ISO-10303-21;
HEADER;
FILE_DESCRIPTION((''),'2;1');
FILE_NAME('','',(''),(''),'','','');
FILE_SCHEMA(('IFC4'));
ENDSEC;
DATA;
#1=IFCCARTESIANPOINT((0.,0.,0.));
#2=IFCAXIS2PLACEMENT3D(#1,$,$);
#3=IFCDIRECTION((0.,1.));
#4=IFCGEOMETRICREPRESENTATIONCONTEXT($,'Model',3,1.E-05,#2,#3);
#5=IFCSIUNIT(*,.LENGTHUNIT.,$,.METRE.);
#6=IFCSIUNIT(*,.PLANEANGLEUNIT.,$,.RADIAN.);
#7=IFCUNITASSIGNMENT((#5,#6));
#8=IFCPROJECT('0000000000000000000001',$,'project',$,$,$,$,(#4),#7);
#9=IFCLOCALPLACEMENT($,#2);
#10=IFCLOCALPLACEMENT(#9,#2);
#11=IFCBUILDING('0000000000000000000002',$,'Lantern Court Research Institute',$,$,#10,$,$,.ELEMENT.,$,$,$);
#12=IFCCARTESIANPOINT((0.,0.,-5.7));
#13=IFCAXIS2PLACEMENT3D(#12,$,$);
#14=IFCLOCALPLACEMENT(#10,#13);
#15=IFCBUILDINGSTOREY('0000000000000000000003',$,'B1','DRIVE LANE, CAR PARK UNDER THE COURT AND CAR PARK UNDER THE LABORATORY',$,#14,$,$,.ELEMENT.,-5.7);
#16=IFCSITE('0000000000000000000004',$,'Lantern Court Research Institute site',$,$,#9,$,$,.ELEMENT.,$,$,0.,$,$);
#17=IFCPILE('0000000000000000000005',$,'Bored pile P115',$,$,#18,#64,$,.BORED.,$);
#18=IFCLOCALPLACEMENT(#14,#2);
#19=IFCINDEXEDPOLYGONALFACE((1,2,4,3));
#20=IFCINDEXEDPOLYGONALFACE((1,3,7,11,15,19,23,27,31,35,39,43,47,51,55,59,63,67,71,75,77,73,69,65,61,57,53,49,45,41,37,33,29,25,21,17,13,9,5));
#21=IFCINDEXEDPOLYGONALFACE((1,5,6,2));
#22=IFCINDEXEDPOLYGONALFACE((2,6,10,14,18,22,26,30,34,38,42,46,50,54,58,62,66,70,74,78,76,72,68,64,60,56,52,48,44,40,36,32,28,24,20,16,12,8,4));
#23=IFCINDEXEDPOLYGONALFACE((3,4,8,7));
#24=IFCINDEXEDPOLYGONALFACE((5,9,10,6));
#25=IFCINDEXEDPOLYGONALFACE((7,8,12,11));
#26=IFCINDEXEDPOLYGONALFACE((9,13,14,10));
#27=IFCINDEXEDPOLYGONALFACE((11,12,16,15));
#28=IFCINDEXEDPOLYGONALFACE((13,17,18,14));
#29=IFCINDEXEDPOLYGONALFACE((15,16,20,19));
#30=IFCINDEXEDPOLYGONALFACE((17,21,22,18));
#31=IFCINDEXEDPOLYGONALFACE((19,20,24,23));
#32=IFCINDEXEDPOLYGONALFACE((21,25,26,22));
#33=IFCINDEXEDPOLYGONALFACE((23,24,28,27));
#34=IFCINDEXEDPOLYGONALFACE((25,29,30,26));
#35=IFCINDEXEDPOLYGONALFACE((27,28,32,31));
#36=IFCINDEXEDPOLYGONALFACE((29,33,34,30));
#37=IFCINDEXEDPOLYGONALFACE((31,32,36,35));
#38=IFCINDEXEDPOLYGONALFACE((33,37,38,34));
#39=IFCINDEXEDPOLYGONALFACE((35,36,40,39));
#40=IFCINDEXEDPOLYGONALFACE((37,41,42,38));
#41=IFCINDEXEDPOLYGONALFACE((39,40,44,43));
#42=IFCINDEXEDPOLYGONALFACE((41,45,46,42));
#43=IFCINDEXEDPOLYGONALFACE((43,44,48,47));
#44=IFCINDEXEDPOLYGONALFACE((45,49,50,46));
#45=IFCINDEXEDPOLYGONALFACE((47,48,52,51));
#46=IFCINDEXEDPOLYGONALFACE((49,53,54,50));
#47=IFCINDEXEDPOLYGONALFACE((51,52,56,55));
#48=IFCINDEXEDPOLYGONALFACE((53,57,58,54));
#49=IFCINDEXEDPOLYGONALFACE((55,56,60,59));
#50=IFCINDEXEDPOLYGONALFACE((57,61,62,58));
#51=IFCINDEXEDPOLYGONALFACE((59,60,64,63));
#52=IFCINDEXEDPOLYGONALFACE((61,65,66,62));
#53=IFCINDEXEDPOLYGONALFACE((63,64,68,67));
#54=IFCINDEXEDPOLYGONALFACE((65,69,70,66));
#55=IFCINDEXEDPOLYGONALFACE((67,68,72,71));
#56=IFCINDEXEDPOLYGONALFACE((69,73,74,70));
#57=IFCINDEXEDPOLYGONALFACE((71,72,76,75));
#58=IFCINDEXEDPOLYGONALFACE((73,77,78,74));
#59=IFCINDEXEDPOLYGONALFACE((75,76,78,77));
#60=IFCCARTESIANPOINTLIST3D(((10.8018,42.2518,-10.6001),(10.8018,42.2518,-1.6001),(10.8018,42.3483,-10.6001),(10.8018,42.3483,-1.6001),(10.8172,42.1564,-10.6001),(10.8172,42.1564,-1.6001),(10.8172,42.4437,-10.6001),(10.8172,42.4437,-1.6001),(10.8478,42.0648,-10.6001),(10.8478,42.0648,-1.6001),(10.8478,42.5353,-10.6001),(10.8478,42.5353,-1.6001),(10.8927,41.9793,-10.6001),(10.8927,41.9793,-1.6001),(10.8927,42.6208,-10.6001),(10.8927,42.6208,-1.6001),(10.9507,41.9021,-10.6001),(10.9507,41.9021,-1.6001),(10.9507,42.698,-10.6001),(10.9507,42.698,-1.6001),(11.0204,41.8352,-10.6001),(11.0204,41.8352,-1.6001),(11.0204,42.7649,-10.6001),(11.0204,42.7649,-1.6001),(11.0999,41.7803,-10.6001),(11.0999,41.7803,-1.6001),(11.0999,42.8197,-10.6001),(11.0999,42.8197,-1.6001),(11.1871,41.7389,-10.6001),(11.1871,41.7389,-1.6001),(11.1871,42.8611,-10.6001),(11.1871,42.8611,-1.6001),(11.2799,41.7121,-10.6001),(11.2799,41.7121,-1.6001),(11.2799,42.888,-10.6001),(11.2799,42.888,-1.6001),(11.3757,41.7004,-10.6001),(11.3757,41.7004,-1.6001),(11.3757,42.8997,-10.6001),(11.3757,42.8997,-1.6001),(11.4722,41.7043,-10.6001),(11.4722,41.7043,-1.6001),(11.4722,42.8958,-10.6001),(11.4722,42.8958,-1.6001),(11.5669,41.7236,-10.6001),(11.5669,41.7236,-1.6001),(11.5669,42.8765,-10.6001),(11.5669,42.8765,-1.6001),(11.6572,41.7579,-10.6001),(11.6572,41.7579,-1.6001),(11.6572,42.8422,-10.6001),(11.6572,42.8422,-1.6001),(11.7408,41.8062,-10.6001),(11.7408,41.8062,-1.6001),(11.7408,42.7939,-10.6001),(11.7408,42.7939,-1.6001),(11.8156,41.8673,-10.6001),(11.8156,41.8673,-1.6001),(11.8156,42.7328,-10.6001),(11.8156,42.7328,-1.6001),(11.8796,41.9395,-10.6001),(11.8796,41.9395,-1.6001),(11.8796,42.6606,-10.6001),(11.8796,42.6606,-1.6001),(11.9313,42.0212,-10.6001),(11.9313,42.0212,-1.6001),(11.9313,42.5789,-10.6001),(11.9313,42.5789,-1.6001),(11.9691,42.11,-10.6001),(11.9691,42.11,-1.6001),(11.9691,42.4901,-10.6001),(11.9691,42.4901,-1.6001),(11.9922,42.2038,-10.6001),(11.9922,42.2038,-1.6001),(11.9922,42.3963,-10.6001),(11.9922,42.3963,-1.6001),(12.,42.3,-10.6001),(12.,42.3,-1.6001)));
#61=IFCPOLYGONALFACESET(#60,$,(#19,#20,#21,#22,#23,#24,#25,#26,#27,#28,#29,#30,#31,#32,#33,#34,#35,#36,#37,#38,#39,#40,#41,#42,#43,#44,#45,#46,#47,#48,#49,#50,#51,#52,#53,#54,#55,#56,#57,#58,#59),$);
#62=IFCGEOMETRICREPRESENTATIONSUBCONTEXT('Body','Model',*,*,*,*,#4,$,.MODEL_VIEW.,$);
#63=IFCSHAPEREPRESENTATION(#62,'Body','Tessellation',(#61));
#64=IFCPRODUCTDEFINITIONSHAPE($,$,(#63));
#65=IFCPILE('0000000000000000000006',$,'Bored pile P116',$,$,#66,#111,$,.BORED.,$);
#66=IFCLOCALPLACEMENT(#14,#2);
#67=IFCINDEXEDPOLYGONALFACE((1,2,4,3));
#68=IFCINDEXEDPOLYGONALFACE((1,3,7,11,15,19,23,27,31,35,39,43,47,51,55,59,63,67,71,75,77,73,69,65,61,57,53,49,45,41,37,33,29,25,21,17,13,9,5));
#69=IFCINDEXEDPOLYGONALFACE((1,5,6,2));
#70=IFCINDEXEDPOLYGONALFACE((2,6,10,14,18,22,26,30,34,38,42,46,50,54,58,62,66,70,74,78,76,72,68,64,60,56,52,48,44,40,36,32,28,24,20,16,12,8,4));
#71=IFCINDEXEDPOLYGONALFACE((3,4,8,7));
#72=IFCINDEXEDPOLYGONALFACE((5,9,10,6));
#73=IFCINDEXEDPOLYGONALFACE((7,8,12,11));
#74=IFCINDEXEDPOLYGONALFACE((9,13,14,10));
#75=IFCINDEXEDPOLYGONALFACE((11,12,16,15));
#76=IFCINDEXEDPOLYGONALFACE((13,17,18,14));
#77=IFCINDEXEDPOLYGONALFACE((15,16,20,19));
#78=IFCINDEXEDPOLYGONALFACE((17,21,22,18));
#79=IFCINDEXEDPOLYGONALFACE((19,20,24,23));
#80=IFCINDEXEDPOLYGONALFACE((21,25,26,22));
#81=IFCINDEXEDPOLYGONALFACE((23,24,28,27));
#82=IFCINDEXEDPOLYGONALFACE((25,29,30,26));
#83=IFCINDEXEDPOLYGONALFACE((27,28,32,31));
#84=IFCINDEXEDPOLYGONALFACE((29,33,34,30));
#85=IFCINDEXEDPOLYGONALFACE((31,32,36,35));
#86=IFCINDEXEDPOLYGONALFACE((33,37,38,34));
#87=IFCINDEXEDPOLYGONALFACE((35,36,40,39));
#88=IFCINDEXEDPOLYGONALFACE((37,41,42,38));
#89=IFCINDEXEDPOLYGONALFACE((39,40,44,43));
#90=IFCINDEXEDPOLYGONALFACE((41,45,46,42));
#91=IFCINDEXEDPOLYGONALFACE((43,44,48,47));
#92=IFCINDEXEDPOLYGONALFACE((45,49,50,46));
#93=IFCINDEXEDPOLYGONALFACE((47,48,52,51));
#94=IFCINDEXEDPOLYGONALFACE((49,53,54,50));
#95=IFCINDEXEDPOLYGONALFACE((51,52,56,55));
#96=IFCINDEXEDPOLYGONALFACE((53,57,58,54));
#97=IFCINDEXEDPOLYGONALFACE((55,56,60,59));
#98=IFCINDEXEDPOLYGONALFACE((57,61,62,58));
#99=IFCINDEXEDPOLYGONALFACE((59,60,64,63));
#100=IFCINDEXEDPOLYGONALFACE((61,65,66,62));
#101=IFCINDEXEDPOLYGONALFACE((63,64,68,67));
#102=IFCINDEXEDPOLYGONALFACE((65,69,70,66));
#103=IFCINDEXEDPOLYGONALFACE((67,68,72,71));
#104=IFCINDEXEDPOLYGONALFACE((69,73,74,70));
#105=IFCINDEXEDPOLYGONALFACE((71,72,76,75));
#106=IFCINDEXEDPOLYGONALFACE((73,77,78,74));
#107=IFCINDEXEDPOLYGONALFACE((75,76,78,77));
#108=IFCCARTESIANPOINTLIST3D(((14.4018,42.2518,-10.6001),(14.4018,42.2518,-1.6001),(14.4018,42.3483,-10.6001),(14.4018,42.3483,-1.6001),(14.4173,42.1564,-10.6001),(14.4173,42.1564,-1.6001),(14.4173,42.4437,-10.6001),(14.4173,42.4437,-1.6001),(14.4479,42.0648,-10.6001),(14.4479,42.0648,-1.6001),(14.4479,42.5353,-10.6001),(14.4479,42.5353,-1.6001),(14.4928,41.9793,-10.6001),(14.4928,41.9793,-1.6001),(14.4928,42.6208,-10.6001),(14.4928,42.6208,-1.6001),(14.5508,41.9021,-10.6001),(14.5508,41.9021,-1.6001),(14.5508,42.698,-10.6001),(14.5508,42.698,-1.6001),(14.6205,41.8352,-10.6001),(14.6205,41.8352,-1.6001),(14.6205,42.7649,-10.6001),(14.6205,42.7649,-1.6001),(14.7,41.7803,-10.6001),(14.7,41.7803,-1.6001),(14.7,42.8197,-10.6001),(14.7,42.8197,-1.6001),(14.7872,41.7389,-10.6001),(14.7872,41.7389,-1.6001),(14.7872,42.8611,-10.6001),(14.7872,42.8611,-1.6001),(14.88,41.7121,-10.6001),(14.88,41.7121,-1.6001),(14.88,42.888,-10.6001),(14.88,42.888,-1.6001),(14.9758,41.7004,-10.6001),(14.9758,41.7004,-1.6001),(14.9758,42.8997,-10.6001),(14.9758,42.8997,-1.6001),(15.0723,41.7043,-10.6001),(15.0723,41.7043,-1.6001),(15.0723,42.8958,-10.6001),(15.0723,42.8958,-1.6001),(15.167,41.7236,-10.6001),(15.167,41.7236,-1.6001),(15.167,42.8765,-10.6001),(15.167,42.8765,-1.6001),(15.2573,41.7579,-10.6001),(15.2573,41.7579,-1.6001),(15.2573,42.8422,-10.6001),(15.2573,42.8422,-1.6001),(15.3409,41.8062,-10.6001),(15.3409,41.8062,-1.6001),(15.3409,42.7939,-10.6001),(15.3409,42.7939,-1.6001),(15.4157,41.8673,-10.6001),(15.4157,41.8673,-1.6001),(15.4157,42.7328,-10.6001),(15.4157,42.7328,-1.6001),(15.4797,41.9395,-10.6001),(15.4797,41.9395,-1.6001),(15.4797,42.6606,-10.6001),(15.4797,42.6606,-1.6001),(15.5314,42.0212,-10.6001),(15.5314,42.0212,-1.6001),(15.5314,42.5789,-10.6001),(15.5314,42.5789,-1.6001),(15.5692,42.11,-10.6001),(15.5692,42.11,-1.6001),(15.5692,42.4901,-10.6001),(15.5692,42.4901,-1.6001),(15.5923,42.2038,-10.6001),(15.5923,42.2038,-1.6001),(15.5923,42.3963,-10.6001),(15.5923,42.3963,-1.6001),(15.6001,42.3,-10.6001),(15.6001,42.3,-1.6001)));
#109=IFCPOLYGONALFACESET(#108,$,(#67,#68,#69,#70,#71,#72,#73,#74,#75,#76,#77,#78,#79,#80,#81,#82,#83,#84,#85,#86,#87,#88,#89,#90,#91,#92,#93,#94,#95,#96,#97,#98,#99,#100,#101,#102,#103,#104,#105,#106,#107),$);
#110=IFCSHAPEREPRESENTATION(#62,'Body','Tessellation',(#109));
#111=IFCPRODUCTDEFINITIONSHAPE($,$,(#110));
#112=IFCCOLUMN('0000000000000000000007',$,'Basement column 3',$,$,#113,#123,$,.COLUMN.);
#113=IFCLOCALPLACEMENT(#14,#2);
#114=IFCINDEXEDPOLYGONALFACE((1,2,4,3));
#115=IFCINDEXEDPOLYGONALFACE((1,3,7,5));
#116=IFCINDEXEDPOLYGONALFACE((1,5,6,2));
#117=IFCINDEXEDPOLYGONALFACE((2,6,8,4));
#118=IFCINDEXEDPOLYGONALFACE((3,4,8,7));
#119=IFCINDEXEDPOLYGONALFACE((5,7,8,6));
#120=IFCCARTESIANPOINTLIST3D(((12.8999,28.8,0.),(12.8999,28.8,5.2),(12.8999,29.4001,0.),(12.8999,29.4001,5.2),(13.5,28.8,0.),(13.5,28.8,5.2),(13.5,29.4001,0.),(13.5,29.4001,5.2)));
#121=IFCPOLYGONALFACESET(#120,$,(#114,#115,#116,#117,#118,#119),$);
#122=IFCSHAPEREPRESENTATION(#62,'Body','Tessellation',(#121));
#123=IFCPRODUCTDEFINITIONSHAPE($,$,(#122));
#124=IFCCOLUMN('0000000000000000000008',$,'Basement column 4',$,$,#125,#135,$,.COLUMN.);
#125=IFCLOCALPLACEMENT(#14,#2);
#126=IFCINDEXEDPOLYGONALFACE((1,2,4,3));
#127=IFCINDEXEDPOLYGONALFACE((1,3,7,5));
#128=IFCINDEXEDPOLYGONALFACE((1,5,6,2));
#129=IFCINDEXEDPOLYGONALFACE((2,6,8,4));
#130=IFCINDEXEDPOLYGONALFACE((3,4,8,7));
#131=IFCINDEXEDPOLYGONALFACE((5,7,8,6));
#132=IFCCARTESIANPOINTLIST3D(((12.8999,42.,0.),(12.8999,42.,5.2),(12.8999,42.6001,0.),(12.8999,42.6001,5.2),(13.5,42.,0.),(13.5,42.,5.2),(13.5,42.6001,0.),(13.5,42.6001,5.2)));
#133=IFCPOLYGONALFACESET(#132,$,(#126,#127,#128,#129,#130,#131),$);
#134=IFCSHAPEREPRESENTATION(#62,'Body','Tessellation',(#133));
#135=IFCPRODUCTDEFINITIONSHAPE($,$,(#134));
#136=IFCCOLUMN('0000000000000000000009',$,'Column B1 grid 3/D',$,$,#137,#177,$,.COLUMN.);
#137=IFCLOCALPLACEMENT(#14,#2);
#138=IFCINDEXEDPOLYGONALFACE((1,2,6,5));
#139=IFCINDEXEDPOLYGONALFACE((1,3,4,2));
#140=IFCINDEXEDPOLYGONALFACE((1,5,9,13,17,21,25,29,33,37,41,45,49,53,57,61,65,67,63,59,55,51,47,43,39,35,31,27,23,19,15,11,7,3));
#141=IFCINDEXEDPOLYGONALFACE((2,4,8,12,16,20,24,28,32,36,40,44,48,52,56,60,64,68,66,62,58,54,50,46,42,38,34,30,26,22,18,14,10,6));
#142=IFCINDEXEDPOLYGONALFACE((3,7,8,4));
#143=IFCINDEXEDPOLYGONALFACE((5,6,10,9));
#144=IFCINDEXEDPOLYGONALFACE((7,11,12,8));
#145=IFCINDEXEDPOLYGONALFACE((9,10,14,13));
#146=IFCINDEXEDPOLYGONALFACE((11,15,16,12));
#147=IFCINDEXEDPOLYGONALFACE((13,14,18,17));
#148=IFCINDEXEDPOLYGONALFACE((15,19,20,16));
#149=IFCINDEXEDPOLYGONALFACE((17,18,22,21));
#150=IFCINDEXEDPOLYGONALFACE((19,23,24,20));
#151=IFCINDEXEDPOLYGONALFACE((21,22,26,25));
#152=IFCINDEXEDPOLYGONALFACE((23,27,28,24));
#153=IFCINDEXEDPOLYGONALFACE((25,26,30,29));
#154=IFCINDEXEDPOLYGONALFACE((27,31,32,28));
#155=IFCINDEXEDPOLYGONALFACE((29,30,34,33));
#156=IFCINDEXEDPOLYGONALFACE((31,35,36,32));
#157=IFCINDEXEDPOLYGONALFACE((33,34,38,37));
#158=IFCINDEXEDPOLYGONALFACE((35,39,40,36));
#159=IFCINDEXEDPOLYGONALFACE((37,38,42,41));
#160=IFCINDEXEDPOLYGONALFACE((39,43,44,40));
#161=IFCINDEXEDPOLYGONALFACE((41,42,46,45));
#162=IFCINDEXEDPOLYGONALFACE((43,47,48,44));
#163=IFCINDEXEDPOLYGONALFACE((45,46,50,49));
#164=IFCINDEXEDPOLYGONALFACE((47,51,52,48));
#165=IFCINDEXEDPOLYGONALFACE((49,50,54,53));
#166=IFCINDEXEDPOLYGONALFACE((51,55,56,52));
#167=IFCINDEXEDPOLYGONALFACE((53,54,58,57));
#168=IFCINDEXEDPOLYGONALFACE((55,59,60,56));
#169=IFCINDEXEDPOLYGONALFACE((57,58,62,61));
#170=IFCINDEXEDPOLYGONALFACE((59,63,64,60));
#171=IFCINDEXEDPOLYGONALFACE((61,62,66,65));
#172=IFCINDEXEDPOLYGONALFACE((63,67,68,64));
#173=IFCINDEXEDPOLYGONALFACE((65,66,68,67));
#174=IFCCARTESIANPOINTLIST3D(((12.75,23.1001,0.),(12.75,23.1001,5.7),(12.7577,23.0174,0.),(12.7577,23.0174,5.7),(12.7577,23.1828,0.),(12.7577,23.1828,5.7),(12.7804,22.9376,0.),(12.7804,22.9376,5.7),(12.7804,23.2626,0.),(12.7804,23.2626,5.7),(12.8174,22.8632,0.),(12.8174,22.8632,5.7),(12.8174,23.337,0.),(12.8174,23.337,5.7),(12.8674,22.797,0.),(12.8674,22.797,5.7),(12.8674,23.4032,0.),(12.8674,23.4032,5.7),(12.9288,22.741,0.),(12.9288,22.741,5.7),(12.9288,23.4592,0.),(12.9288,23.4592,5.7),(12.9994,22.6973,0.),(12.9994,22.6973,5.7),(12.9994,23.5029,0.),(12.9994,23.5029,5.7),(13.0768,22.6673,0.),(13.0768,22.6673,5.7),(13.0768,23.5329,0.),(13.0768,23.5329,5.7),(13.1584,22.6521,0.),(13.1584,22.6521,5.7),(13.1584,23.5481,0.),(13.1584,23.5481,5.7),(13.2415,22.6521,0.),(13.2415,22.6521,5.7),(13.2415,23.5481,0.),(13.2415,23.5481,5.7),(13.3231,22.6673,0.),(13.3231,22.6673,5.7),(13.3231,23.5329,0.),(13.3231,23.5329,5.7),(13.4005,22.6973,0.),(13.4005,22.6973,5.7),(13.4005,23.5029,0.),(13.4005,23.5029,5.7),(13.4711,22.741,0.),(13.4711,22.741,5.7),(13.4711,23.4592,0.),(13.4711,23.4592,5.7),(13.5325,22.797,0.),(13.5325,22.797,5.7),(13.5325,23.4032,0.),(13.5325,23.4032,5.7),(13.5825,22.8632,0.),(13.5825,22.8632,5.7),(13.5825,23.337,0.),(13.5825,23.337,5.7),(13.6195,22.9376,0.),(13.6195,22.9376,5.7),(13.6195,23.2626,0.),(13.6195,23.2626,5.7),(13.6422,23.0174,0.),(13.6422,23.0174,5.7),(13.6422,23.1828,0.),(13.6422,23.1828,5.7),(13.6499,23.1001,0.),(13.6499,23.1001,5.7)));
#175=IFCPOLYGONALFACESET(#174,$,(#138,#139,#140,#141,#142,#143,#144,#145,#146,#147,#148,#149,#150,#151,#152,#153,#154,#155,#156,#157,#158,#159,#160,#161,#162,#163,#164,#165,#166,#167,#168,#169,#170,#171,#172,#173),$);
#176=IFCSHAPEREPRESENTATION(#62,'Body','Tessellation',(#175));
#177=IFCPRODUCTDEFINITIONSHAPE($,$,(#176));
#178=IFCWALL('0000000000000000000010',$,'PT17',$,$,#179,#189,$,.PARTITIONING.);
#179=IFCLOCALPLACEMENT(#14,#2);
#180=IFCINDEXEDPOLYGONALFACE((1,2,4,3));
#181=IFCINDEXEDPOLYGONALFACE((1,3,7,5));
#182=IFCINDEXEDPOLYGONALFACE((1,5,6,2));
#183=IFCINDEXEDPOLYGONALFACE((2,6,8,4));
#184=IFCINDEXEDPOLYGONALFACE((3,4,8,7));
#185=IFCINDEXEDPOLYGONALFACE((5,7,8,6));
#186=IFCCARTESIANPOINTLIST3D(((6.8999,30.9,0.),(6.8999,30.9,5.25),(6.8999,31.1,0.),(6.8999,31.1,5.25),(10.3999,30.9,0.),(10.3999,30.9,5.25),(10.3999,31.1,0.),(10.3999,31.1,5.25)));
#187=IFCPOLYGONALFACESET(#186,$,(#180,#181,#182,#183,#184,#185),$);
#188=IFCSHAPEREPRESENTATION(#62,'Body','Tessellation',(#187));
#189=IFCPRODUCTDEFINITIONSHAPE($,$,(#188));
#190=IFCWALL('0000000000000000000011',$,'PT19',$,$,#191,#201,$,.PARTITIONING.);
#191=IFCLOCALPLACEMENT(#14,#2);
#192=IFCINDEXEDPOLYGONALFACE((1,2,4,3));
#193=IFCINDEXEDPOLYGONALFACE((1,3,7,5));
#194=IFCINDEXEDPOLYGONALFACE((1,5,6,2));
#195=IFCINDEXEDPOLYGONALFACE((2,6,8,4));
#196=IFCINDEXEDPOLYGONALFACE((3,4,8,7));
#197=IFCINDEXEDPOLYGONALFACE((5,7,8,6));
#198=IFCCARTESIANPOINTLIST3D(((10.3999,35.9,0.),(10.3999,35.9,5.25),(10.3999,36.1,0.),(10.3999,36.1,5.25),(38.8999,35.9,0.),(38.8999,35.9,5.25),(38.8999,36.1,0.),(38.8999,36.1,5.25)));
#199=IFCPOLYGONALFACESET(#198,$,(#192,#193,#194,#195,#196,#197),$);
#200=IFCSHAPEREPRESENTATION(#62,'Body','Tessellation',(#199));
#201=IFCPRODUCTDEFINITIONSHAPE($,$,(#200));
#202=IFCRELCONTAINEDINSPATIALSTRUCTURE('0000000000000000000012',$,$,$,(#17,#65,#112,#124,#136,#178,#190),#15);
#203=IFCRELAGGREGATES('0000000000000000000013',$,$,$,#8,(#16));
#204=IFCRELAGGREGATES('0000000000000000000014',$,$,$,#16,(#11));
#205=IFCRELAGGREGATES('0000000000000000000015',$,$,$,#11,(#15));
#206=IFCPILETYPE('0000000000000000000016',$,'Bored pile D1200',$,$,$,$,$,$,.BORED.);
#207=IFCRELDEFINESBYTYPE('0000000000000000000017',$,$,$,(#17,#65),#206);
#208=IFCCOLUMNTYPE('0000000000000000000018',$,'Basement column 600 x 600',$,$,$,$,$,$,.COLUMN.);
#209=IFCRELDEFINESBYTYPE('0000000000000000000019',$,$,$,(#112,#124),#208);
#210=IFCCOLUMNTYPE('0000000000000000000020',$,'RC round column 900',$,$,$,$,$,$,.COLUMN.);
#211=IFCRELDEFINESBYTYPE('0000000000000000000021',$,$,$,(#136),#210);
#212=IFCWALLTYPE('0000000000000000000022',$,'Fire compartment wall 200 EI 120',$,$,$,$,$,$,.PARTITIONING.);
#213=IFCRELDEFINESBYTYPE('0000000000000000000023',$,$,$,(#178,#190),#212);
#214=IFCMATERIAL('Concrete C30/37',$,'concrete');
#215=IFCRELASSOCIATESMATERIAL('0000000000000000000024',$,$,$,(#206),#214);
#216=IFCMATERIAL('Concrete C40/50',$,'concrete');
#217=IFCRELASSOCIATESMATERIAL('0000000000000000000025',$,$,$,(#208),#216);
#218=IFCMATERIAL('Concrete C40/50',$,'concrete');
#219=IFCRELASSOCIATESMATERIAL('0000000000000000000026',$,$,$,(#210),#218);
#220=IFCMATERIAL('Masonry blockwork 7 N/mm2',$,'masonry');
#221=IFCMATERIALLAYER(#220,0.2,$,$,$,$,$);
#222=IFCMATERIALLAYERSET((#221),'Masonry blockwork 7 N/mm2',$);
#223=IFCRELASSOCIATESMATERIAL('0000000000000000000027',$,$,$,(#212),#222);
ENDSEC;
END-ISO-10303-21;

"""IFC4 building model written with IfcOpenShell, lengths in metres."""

from ifc_helpers import new_model, si_unit, direction, frame, frame_2d, origin, origin_2d, place, context, subcontext, project, spatial, rectangle, circle, extrude, material, layer, layer_set, material_profile, profile_set, type_object, element, save


model = new_model("IFC4")

# Units and contexts
model_context = context("Model", 3, precision=1e-05, world=origin(), true_north=direction((0.0, 1.0)))
body_context = subcontext(model_context, "Body", "Model", "MODEL_VIEW")
ifc_project = project(units=[si_unit("LENGTHUNIT", "METRE"), si_unit("PLANEANGLEUNIT", "RADIAN")], contexts=[model_context])

# Site, building, storey
site_placement = place(None, origin())
site = spatial("IfcSite", under=ifc_project, at=site_placement, Name="Lantern Court Research Institute site", CompositionType="ELEMENT", RefElevation=0.0)
building_placement = place(site_placement, origin())
building = spatial("IfcBuilding", under=site, at=building_placement, Name="Lantern Court Research Institute", CompositionType="ELEMENT")
storey_placement = place(building_placement, frame((0.0, 0.0, -5.7)))
storey = spatial("IfcBuildingStorey", under=building, at=storey_placement, Name="B1", Description="DRIVE LANE, CAR PARK UNDER THE COURT AND CAR PARK UNDER THE LABORATORY", CompositionType="ELEMENT", Elevation=-5.7)

# Piles
ifc_material_1 = material(Name="Concrete C30/37", Category="concrete")
ifc_material_profile_1 = material_profile(ifc_material_1, circle(Radius=0.6001, at=origin_2d()), Name="Bored pile D1200")
ifc_profile_set_1 = profile_set([ifc_material_profile_1], Name="Concrete C30/37")
pile_type = type_object("IfcPileType", Name="Bored pile D1200", PredefinedType="BORED", material=ifc_profile_set_1)
for number, where, z_axis, x_axis, name in (
    (1, (11.3999, 42.3, -1.6001), (0.0, 0.0, -1.0), (1.0, 0.0, 0.0), "Bored pile P115"),
    (2, (15.0, 42.3, -1.6001), (0.0, 0.0, -1.0), (1.0, 0.0, 0.0), "Bored pile P116"),
):
    element("IfcPile", number, at=place(storey_placement, frame(where, z_axis=z_axis, x_axis=x_axis)), inside=storey, type_object=pile_type, Name=name, PredefinedType="BORED", context=body_context, shape_type="SweptSolid", body=[
        extrude(circle(Radius=0.6001, at=origin_2d()), origin(), (0.0, 0.0, 1.0), 9.0),
    ])

# Columns
ifc_material_2 = material(Name="Concrete C40/50", Category="concrete")
ifc_material_profile_2 = material_profile(ifc_material_2, rectangle(XDim=0.6001, YDim=0.6001, at=origin_2d()), Name="Basement column 600 x 600")
ifc_profile_set_2 = profile_set([ifc_material_profile_2], Name="Concrete C40/50")
column_type_1 = type_object("IfcColumnType", Name="Basement column 600 x 600", PredefinedType="COLUMN", material=ifc_profile_set_2)
for number, where, z_axis, x_axis, name in (
    (3, (13.2, 29.1001, 0.0), (0.0, 0.0, 1.0), (1.0, 0.0, 0.0), "Basement column 3"),
    (4, (13.2, 42.3, 0.0), (0.0, 0.0, 1.0), (1.0, 0.0, 0.0), "Basement column 4"),
):
    element("IfcColumn", number, at=place(storey_placement, frame(where, z_axis=z_axis, x_axis=x_axis)), inside=storey, type_object=column_type_1, Name=name, PredefinedType="COLUMN", context=body_context, shape_type="SweptSolid", body=[
        extrude(rectangle(XDim=0.6001, YDim=0.6001, at=origin_2d()), origin(), (0.0, 0.0, 1.0), 5.2),
    ])
ifc_material_3 = material(Name="Concrete C40/50", Category="concrete")
ifc_material_profile_3 = material_profile(ifc_material_3, circle(Radius=0.45, at=origin_2d()), Name="RC round column 900")
ifc_profile_set_3 = profile_set([ifc_material_profile_3], Name="Concrete C40/50")
column_type_2 = type_object("IfcColumnType", Name="RC round column 900", PredefinedType="COLUMN", material=ifc_profile_set_3)
column_placement = place(storey_placement, frame((13.2, 23.1001, 0.0), z_axis=(0.0, 0.0, 1.0), x_axis=(1.0, 0.0, 0.0)))
element("IfcColumn", 5, at=column_placement, inside=storey, type_object=column_type_2, Name="Column B1 grid 3/D", PredefinedType="COLUMN", context=body_context, shape_type="SweptSolid", body=[
    extrude(circle(Radius=0.45, at=origin_2d()), origin(), (0.0, 0.0, 1.0), 5.7),
])

# Walls
ifc_material_4 = material(Name="Masonry blockwork 7 N/mm2", Category="masonry")
ifc_layer_1 = layer(ifc_material_4, 0.2)
ifc_layer_set_1 = layer_set([ifc_layer_1], Name="Masonry blockwork 7 N/mm2")
wall_type_1 = type_object("IfcWallType", Name="Fire compartment wall 200 EI 120", PredefinedType="PARTITIONING", material=ifc_layer_set_1)
wall_1_placement = place(storey_placement, frame((6.8999, 31.0, 0.0), z_axis=(0.0, 0.0, 1.0), x_axis=(1.0, 0.0, 0.0)))
element("IfcWall", 6, at=wall_1_placement, inside=storey, type_object=wall_type_1, Name="PT17", PredefinedType="PARTITIONING", context=body_context, shape_type="SweptSolid", body=[
    extrude(rectangle(XDim=3.5, YDim=0.2, at=frame_2d((1.75, 0.0))), origin(), (0.0, 0.0, 1.0), 5.25),
])
wall_2_placement = place(storey_placement, frame((10.3999, 36.0, 0.0), z_axis=(0.0, 0.0, 1.0), x_axis=(1.0, 0.0, 0.0)))
element("IfcWall", 7, at=wall_2_placement, inside=storey, type_object=wall_type_1, Name="PT19", PredefinedType="PARTITIONING", context=body_context, shape_type="SweptSolid", body=[
    extrude(rectangle(XDim=28.5, YDim=0.2, at=frame_2d((14.25, 0.0))), origin(), (0.0, 0.0, 1.0), 5.25),
])

save(model, "model.ifc")
